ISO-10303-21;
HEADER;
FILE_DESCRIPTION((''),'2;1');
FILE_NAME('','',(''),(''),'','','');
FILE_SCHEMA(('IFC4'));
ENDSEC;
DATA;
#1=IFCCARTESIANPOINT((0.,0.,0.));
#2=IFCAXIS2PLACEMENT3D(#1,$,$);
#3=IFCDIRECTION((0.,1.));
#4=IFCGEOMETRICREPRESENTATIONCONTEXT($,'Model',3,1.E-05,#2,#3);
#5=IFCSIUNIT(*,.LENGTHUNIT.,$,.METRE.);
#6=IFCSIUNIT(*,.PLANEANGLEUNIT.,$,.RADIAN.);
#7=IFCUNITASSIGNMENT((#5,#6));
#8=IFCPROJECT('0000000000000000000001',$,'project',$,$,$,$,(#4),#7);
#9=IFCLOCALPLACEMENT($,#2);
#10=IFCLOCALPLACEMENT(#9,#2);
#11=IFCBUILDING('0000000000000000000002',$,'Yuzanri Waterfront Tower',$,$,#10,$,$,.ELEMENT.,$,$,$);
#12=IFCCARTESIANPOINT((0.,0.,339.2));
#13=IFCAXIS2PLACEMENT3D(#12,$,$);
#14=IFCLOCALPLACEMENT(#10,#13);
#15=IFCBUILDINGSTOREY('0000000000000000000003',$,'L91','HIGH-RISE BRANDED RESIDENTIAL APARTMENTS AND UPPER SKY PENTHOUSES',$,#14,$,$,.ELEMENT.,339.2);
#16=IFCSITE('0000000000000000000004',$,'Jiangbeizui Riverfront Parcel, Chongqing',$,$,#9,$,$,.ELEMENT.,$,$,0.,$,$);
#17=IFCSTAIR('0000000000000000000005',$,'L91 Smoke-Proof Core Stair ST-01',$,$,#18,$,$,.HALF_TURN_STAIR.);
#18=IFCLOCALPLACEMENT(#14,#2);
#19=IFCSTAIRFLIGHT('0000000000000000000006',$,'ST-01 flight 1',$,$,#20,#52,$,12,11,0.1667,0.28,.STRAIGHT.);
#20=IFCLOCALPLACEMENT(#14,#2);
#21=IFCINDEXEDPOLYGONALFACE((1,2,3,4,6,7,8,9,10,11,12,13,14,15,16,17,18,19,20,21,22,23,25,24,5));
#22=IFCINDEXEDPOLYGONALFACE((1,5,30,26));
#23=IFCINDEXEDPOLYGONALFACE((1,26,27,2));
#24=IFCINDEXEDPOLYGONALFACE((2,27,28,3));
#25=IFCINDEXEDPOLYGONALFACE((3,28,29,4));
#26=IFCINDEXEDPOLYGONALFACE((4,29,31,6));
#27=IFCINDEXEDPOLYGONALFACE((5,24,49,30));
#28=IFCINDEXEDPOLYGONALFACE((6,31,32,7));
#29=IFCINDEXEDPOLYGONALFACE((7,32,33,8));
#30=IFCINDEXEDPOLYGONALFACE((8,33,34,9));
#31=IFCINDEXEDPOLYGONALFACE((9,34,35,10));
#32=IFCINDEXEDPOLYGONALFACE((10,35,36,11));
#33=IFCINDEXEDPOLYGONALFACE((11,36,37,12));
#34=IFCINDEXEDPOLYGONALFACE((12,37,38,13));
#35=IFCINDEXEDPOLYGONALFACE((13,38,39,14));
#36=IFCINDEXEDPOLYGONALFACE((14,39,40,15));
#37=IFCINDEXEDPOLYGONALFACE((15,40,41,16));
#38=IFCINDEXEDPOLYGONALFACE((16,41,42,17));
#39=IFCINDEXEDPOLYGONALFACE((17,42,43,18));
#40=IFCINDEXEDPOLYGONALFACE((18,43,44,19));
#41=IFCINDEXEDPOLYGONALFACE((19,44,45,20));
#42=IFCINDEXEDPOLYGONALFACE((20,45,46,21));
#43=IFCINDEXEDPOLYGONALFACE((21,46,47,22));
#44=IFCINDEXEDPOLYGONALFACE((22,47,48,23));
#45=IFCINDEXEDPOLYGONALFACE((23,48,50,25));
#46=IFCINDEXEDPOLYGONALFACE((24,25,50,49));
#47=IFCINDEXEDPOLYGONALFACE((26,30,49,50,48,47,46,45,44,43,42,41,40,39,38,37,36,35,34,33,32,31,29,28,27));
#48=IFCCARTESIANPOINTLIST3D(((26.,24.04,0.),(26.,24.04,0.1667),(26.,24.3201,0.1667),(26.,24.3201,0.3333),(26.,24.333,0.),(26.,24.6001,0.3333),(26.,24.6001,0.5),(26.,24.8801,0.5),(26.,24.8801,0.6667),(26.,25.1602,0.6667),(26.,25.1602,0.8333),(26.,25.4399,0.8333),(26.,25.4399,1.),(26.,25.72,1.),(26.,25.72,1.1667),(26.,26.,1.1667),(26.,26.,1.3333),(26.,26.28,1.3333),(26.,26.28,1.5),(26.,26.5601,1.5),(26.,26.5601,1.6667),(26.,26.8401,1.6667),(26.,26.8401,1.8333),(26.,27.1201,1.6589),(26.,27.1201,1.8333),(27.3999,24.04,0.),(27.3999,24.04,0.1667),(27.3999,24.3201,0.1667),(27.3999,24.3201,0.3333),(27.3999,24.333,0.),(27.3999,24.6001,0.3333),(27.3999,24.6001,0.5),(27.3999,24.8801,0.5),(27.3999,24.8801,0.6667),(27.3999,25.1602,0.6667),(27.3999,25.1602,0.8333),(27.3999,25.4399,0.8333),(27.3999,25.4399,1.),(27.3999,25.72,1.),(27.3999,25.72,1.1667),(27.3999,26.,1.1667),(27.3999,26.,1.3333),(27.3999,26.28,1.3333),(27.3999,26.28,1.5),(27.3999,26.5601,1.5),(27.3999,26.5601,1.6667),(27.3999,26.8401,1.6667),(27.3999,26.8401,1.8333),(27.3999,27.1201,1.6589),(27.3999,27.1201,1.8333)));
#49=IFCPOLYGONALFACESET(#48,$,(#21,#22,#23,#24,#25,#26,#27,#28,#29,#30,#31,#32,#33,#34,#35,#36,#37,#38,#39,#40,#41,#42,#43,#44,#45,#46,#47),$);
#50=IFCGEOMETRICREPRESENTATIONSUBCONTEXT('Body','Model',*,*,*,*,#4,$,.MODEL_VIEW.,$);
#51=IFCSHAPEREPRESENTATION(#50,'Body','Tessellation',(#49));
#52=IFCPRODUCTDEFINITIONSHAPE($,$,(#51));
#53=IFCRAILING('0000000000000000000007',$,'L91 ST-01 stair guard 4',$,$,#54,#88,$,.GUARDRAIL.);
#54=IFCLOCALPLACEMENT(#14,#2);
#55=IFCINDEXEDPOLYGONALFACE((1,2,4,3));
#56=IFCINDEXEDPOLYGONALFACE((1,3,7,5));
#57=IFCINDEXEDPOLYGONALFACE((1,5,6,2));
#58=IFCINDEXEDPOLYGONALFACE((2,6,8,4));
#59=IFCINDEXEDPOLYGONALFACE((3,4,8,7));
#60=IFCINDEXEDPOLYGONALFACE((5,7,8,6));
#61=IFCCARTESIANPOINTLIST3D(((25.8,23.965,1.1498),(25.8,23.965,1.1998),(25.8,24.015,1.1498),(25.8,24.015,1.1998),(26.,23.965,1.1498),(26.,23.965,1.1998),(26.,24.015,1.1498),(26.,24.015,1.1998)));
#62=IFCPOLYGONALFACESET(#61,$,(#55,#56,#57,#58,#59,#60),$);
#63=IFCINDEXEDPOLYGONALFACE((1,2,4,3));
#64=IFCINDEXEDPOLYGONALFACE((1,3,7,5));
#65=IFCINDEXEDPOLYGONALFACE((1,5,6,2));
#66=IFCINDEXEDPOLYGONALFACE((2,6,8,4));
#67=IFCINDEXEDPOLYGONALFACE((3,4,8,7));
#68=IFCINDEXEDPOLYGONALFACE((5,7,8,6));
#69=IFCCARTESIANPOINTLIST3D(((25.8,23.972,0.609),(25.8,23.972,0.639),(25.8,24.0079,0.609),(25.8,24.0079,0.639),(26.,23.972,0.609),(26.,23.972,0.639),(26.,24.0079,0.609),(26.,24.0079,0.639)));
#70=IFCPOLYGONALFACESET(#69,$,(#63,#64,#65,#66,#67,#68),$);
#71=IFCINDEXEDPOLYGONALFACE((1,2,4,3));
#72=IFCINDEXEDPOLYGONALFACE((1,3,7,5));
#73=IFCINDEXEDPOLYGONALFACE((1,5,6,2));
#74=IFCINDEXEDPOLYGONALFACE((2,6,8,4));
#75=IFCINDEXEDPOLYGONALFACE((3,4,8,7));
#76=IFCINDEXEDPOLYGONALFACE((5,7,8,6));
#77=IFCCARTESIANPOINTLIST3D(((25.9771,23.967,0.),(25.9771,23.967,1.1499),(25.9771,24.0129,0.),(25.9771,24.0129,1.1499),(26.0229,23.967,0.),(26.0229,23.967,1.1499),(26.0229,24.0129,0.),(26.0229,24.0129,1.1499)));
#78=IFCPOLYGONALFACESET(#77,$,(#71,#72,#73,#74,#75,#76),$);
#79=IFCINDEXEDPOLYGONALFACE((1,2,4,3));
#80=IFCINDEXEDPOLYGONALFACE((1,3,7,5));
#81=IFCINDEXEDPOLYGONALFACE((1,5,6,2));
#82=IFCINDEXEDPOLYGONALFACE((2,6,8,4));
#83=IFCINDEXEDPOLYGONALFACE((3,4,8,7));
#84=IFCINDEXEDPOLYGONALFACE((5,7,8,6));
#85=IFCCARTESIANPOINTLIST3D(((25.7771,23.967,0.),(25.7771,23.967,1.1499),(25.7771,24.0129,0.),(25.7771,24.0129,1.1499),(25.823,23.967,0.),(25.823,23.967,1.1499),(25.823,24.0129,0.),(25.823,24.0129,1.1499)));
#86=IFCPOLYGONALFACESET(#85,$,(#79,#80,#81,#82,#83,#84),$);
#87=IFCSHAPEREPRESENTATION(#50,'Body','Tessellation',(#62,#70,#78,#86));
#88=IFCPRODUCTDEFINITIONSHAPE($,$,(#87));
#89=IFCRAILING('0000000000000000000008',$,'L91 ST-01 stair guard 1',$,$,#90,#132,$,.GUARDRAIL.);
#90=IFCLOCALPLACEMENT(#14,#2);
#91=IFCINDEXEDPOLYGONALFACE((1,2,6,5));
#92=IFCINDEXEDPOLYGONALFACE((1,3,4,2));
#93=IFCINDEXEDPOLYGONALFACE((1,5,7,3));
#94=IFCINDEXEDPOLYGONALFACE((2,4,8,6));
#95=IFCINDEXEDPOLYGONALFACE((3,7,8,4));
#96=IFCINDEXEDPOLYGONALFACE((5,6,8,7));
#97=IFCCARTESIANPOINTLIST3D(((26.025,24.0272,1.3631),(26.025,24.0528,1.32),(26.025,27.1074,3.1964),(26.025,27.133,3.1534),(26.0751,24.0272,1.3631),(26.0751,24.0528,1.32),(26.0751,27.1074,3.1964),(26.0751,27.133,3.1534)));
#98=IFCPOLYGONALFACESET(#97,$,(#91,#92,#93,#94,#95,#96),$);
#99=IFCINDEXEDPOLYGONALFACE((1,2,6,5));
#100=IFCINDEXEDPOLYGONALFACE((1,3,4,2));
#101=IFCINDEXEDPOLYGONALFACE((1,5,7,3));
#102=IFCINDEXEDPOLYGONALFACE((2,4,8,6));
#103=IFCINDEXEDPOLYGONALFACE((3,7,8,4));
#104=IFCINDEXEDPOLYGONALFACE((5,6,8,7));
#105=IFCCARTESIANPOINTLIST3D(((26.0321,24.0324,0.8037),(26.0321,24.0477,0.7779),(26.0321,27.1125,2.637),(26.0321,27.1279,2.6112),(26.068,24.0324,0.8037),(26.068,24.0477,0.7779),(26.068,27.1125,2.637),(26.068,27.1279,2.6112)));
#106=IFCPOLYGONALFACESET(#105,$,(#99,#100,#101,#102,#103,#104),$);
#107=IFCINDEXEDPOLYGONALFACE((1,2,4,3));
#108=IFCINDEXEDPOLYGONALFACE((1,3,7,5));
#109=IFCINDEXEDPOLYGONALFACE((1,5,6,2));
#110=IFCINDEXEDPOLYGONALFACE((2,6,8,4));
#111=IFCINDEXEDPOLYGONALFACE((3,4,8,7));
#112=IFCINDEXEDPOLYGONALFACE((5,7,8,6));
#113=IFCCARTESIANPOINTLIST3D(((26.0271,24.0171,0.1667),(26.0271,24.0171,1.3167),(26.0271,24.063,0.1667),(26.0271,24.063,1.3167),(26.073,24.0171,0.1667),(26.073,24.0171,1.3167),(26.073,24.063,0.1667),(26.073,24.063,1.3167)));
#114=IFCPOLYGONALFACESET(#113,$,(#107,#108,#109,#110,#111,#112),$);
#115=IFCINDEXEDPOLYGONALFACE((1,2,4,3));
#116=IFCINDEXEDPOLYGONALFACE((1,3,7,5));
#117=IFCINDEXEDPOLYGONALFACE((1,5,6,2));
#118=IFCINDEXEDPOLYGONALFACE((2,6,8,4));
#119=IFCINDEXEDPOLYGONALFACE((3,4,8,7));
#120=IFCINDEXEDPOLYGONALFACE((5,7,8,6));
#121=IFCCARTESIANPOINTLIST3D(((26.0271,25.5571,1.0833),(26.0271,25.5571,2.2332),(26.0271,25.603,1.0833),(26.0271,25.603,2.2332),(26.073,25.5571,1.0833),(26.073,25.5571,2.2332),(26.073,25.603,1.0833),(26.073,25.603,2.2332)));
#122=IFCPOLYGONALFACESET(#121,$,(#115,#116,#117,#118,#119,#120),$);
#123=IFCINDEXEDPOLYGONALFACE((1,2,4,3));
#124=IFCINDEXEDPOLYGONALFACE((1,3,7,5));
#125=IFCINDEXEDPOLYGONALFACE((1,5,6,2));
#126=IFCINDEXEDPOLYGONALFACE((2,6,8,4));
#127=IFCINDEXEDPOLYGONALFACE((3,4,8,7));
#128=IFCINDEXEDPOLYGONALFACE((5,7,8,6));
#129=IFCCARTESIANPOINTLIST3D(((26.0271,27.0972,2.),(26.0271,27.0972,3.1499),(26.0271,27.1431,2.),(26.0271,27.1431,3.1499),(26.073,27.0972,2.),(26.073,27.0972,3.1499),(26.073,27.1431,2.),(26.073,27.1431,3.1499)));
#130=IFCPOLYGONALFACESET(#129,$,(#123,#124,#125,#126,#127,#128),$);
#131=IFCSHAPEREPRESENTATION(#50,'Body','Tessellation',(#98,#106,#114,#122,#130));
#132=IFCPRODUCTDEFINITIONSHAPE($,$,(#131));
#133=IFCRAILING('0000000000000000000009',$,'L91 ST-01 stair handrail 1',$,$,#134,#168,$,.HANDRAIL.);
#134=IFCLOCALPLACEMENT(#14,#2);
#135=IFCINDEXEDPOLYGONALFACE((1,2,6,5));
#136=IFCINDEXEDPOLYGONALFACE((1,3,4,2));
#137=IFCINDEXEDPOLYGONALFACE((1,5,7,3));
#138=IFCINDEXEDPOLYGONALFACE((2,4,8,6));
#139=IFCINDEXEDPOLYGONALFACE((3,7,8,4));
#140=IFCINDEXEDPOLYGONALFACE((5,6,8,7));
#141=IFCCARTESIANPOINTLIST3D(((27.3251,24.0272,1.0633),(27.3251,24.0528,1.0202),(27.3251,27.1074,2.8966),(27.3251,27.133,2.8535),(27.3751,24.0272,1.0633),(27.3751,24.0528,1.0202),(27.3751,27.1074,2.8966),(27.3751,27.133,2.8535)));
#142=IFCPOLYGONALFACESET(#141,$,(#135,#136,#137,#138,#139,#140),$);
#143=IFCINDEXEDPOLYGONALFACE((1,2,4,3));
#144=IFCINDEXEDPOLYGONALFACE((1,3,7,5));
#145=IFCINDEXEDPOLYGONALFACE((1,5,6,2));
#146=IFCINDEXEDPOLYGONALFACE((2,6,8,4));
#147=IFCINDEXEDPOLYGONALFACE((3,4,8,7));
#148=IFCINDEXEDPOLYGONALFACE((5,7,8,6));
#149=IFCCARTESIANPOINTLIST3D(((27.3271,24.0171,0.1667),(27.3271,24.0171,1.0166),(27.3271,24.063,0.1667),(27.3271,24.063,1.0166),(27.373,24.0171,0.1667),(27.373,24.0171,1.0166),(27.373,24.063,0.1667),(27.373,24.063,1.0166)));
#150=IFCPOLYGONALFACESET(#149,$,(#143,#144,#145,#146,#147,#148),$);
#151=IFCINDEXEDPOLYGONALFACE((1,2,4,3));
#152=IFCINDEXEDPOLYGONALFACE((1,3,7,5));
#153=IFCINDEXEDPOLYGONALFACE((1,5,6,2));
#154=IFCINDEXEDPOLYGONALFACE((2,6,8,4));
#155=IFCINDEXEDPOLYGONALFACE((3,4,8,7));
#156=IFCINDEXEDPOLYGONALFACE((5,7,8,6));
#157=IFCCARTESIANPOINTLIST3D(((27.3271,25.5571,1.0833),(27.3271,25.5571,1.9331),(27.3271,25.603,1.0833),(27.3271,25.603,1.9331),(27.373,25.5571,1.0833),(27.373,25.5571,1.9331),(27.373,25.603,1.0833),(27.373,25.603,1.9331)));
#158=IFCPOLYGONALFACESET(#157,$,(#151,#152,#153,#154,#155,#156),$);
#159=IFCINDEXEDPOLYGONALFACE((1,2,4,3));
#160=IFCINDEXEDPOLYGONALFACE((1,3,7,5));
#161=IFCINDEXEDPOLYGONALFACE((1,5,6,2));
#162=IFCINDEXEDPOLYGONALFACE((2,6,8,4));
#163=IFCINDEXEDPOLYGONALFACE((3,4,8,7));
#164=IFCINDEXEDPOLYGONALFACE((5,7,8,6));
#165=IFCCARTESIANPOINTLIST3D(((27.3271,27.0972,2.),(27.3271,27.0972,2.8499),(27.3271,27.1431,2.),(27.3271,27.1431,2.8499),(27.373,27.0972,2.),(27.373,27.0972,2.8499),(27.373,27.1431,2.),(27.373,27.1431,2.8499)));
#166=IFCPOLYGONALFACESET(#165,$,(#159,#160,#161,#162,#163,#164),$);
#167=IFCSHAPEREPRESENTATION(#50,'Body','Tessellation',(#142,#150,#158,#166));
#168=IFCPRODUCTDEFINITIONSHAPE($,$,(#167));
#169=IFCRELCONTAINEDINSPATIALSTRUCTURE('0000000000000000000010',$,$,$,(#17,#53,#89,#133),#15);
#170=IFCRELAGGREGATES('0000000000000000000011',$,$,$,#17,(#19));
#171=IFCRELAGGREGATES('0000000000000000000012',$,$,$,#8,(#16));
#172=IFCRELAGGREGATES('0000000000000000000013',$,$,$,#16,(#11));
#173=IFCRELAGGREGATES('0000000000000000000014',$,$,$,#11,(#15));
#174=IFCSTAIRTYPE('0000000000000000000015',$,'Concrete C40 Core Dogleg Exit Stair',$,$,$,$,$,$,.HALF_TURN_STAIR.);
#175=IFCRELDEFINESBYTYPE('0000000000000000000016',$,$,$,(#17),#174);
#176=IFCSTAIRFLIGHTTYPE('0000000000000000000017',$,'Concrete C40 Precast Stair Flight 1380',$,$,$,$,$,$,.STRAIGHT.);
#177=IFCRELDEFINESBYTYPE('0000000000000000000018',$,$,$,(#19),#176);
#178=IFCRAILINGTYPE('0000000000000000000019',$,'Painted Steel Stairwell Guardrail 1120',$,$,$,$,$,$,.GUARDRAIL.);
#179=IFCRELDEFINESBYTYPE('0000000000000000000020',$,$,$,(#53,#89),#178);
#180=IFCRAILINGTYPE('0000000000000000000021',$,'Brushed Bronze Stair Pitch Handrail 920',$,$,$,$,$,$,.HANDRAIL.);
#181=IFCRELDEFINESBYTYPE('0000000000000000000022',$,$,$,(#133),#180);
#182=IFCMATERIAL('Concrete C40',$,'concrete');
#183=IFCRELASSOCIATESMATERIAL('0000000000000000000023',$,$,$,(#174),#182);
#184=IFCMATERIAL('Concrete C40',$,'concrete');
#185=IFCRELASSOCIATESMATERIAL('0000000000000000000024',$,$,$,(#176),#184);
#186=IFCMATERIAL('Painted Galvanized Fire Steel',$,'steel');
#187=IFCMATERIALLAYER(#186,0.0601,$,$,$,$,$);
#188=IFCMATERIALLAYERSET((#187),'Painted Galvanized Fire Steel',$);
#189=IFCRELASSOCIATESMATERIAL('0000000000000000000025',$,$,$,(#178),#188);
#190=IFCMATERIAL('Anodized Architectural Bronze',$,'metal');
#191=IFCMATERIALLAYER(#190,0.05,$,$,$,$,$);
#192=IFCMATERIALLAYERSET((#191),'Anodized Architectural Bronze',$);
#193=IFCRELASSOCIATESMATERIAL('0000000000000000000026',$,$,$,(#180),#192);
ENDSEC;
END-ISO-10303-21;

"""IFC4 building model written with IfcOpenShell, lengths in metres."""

from ifc_helpers import new_model, si_unit, direction, frame, origin, origin_2d, place, context, subcontext, project, spatial, polyline, rectangle, outline, extrude, source, transform, mapped, material, layer, layer_set, type_object, element, aggregate, save


model = new_model("IFC4")

# Units and contexts
model_context = context("Model", 3, precision=1e-05, world=origin(), true_north=direction((0.0, 1.0)))
body_context = subcontext(model_context, "Body", "Model", "MODEL_VIEW")
ifc_project = project(units=[si_unit("LENGTHUNIT", "METRE"), si_unit("PLANEANGLEUNIT", "RADIAN")], contexts=[model_context])

# Site, building, storey
site_placement = place(None, origin())
site = spatial("IfcSite", under=ifc_project, at=site_placement, Name="Jiangbeizui Riverfront Parcel, Chongqing", CompositionType="ELEMENT", RefElevation=0.0)
building_placement = place(site_placement, origin())
building = spatial("IfcBuilding", under=site, at=building_placement, Name="Yuzanri Waterfront Tower", CompositionType="ELEMENT")
storey_placement = place(building_placement, frame((0.0, 0.0, 339.2)))
storey = spatial("IfcBuildingStorey", under=building, at=storey_placement, Name="L91", Description="HIGH-RISE BRANDED RESIDENTIAL APARTMENTS AND UPPER SKY PENTHOUSES", CompositionType="ELEMENT", Elevation=339.2)

# Stair, stair flight
ifc_material_1 = material(Name="Concrete C40", Category="concrete")
stair_type = type_object("IfcStairType", Name="Concrete C40 Core Dogleg Exit Stair", PredefinedType="HALF_TURN_STAIR", material=ifc_material_1)
stair_placement = place(storey_placement, origin())
stair = element("IfcStair", 1, at=stair_placement, inside=storey, type_object=stair_type, Name="L91 Smoke-Proof Core Stair ST-01", PredefinedType="HALF_TURN_STAIR")
ifc_material_2 = material(Name="Concrete C40", Category="concrete")
stair_flight_type = type_object("IfcStairFlightType", Name="Concrete C40 Precast Stair Flight 1380", PredefinedType="STRAIGHT", material=ifc_material_2)
shared_shape_1 = source(origin(), body_context, "Body", "SweptSolid", [
    extrude(outline(polyline([(0.0, 0.0), (0.0, 0.1667), (0.28, 0.1667), (0.28, 0.3333), (0.5601, 0.3333), (0.5601, 0.5), (0.8401, 0.5), (0.8401, 0.6667), (1.1201, 0.6667), (1.1201, 0.8333), (1.3999, 0.8333), (1.3999, 1.0), (1.6799, 1.0), (1.6799, 1.1667), (1.96, 1.1667), (1.96, 1.3333), (2.24, 1.3333), (2.24, 1.5), (2.52, 1.5), (2.52, 1.6667), (2.8, 1.6667), (2.8, 1.8333), (3.0801, 1.8333), (3.0801, 2.0), (3.0801, 1.6589), (0.293, 0.0), (0.0, 0.0)])), frame((0.0, 0.7, 0.0), z_axis=(0.0, -1.0, 0.0), x_axis=(1.0, 0.0, 0.0)), (0.0, 0.0, 1.0), 1.3999),
])
stair_flight_placement = place(storey_placement, frame((26.7, 24.04, 0.0), z_axis=(0.0, 0.0, 1.0), x_axis=(0.0, 1.0, 0.0)))
stair_flight = element("IfcStairFlight", 2, at=stair_flight_placement, type_object=stair_flight_type, Name="ST-01 flight 1", NumberOfRisers=12, NumberOfTreads=11, PredefinedType="STRAIGHT", RiserHeight=0.1667, TreadLength=0.28, context=body_context, shape_type="MappedRepresentation", body=[
    mapped(shared_shape_1, transform((0.0, 0.0, 0.0), scale=1.0)),
])
aggregate(stair, [stair_flight])

# Railings
ifc_material_3 = material(Name="Painted Galvanized Fire Steel", Category="steel")
ifc_layer_1 = layer(ifc_material_3, 0.0601)
ifc_layer_set_1 = layer_set([ifc_layer_1], Name="Painted Galvanized Fire Steel")
railing_type_1 = type_object("IfcRailingType", Name="Painted Steel Stairwell Guardrail 1120", PredefinedType="GUARDRAIL", material=ifc_layer_set_1)
shared_shape_2 = source(origin(), body_context, "Body", "SweptSolid", [
    extrude(rectangle(XDim=0.05, YDim=0.05, at=origin_2d()), frame((0.0, 0.0, 1.1748), z_axis=(-1.0, 0.0, 0.0), x_axis=(0.0, -1.0, 0.0)), (0.0, 0.0, 1.0), 0.2),
    extrude(rectangle(XDim=0.0359, YDim=0.03, at=origin_2d()), frame((0.0, 0.0, 0.624), z_axis=(-1.0, 0.0, 0.0), x_axis=(0.0, -1.0, 0.0)), (0.0, 0.0, 1.0), 0.2),
    extrude(rectangle(XDim=0.0459, YDim=0.0459, at=origin_2d()), origin(), (0.0, 0.0, 1.0), 1.1499),
    extrude(rectangle(XDim=0.0459, YDim=0.0459, at=origin_2d()), frame((-0.2, 0.0, 0.0)), (0.0, 0.0, 1.0), 1.1499),
])
railing_1_placement = place(storey_placement, frame((26.0, 23.99, 0.0)))
element("IfcRailing", 3, at=railing_1_placement, inside=storey, type_object=railing_type_1, Name="L91 ST-01 stair guard 4", PredefinedType="GUARDRAIL", context=body_context, shape_type="MappedRepresentation", body=[
    mapped(shared_shape_2, transform((0.0, 0.0, 0.0), scale=1.0)),
])
shared_shape_3 = source(origin(), body_context, "Body", "SweptSolid", [
    extrude(rectangle(XDim=0.05, YDim=0.05, at=origin_2d()), frame((0.0, 0.0, 1.1748), z_axis=(0.0, 0.859309, 0.511458), x_axis=(-1.0, 0.0, 0.0)), (0.0, 0.0, 1.0), 3.5845),
    extrude(rectangle(XDim=0.0359, YDim=0.03, at=origin_2d()), frame((0.0, 0.0, 0.624), z_axis=(0.0, 0.859309, 0.511458), x_axis=(-1.0, 0.0, 0.0)), (0.0, 0.0, 1.0), 3.5845),
    extrude(rectangle(XDim=0.0459, YDim=0.0459, at=origin_2d()), origin(), (0.0, 0.0, 1.0), 1.1499),
    extrude(rectangle(XDim=0.0459, YDim=0.0459, at=origin_2d()), frame((0.0, 1.54, 0.9165)), (0.0, 0.0, 1.0), 1.1499),
    extrude(rectangle(XDim=0.0459, YDim=0.0459, at=origin_2d()), frame((0.0, 3.0801, 1.8333)), (0.0, 0.0, 1.0), 1.1499),
])
railing_2_placement = place(storey_placement, frame((26.05, 24.04, 0.1667)))
element("IfcRailing", 4, at=railing_2_placement, inside=storey, type_object=railing_type_1, Name="L91 ST-01 stair guard 1", PredefinedType="GUARDRAIL", context=body_context, shape_type="MappedRepresentation", body=[
    mapped(shared_shape_3, transform((0.0, 0.0, 0.0), scale=1.0)),
])
ifc_material_4 = material(Name="Anodized Architectural Bronze", Category="metal")
ifc_layer_2 = layer(ifc_material_4, 0.05)
ifc_layer_set_2 = layer_set([ifc_layer_2], Name="Anodized Architectural Bronze")
railing_type_2 = type_object("IfcRailingType", Name="Brushed Bronze Stair Pitch Handrail 920", PredefinedType="HANDRAIL", material=ifc_layer_set_2)
shared_shape_4 = source(origin(), body_context, "Body", "SweptSolid", [
    extrude(rectangle(XDim=0.05, YDim=0.05, at=origin_2d()), frame((0.0, 0.0, 0.875), z_axis=(0.0, 0.859309, 0.511458), x_axis=(-1.0, 0.0, 0.0)), (0.0, 0.0, 1.0), 3.5845),
    extrude(rectangle(XDim=0.0459, YDim=0.0459, at=origin_2d()), origin(), (0.0, 0.0, 1.0), 0.8499),
    extrude(rectangle(XDim=0.0459, YDim=0.0459, at=origin_2d()), frame((0.0, 1.54, 0.9165)), (0.0, 0.0, 1.0), 0.8499),
    extrude(rectangle(XDim=0.0459, YDim=0.0459, at=origin_2d()), frame((0.0, 3.0801, 1.8333)), (0.0, 0.0, 1.0), 0.8499),
])
railing_3_placement = place(storey_placement, frame((27.3501, 24.04, 0.1667)))
element("IfcRailing", 5, at=railing_3_placement, inside=storey, type_object=railing_type_2, Name="L91 ST-01 stair handrail 1", PredefinedType="HANDRAIL", context=body_context, shape_type="MappedRepresentation", body=[
    mapped(shared_shape_4, transform((0.0, 0.0, 0.0), scale=1.0)),
])

save(model, "model.ifc")
